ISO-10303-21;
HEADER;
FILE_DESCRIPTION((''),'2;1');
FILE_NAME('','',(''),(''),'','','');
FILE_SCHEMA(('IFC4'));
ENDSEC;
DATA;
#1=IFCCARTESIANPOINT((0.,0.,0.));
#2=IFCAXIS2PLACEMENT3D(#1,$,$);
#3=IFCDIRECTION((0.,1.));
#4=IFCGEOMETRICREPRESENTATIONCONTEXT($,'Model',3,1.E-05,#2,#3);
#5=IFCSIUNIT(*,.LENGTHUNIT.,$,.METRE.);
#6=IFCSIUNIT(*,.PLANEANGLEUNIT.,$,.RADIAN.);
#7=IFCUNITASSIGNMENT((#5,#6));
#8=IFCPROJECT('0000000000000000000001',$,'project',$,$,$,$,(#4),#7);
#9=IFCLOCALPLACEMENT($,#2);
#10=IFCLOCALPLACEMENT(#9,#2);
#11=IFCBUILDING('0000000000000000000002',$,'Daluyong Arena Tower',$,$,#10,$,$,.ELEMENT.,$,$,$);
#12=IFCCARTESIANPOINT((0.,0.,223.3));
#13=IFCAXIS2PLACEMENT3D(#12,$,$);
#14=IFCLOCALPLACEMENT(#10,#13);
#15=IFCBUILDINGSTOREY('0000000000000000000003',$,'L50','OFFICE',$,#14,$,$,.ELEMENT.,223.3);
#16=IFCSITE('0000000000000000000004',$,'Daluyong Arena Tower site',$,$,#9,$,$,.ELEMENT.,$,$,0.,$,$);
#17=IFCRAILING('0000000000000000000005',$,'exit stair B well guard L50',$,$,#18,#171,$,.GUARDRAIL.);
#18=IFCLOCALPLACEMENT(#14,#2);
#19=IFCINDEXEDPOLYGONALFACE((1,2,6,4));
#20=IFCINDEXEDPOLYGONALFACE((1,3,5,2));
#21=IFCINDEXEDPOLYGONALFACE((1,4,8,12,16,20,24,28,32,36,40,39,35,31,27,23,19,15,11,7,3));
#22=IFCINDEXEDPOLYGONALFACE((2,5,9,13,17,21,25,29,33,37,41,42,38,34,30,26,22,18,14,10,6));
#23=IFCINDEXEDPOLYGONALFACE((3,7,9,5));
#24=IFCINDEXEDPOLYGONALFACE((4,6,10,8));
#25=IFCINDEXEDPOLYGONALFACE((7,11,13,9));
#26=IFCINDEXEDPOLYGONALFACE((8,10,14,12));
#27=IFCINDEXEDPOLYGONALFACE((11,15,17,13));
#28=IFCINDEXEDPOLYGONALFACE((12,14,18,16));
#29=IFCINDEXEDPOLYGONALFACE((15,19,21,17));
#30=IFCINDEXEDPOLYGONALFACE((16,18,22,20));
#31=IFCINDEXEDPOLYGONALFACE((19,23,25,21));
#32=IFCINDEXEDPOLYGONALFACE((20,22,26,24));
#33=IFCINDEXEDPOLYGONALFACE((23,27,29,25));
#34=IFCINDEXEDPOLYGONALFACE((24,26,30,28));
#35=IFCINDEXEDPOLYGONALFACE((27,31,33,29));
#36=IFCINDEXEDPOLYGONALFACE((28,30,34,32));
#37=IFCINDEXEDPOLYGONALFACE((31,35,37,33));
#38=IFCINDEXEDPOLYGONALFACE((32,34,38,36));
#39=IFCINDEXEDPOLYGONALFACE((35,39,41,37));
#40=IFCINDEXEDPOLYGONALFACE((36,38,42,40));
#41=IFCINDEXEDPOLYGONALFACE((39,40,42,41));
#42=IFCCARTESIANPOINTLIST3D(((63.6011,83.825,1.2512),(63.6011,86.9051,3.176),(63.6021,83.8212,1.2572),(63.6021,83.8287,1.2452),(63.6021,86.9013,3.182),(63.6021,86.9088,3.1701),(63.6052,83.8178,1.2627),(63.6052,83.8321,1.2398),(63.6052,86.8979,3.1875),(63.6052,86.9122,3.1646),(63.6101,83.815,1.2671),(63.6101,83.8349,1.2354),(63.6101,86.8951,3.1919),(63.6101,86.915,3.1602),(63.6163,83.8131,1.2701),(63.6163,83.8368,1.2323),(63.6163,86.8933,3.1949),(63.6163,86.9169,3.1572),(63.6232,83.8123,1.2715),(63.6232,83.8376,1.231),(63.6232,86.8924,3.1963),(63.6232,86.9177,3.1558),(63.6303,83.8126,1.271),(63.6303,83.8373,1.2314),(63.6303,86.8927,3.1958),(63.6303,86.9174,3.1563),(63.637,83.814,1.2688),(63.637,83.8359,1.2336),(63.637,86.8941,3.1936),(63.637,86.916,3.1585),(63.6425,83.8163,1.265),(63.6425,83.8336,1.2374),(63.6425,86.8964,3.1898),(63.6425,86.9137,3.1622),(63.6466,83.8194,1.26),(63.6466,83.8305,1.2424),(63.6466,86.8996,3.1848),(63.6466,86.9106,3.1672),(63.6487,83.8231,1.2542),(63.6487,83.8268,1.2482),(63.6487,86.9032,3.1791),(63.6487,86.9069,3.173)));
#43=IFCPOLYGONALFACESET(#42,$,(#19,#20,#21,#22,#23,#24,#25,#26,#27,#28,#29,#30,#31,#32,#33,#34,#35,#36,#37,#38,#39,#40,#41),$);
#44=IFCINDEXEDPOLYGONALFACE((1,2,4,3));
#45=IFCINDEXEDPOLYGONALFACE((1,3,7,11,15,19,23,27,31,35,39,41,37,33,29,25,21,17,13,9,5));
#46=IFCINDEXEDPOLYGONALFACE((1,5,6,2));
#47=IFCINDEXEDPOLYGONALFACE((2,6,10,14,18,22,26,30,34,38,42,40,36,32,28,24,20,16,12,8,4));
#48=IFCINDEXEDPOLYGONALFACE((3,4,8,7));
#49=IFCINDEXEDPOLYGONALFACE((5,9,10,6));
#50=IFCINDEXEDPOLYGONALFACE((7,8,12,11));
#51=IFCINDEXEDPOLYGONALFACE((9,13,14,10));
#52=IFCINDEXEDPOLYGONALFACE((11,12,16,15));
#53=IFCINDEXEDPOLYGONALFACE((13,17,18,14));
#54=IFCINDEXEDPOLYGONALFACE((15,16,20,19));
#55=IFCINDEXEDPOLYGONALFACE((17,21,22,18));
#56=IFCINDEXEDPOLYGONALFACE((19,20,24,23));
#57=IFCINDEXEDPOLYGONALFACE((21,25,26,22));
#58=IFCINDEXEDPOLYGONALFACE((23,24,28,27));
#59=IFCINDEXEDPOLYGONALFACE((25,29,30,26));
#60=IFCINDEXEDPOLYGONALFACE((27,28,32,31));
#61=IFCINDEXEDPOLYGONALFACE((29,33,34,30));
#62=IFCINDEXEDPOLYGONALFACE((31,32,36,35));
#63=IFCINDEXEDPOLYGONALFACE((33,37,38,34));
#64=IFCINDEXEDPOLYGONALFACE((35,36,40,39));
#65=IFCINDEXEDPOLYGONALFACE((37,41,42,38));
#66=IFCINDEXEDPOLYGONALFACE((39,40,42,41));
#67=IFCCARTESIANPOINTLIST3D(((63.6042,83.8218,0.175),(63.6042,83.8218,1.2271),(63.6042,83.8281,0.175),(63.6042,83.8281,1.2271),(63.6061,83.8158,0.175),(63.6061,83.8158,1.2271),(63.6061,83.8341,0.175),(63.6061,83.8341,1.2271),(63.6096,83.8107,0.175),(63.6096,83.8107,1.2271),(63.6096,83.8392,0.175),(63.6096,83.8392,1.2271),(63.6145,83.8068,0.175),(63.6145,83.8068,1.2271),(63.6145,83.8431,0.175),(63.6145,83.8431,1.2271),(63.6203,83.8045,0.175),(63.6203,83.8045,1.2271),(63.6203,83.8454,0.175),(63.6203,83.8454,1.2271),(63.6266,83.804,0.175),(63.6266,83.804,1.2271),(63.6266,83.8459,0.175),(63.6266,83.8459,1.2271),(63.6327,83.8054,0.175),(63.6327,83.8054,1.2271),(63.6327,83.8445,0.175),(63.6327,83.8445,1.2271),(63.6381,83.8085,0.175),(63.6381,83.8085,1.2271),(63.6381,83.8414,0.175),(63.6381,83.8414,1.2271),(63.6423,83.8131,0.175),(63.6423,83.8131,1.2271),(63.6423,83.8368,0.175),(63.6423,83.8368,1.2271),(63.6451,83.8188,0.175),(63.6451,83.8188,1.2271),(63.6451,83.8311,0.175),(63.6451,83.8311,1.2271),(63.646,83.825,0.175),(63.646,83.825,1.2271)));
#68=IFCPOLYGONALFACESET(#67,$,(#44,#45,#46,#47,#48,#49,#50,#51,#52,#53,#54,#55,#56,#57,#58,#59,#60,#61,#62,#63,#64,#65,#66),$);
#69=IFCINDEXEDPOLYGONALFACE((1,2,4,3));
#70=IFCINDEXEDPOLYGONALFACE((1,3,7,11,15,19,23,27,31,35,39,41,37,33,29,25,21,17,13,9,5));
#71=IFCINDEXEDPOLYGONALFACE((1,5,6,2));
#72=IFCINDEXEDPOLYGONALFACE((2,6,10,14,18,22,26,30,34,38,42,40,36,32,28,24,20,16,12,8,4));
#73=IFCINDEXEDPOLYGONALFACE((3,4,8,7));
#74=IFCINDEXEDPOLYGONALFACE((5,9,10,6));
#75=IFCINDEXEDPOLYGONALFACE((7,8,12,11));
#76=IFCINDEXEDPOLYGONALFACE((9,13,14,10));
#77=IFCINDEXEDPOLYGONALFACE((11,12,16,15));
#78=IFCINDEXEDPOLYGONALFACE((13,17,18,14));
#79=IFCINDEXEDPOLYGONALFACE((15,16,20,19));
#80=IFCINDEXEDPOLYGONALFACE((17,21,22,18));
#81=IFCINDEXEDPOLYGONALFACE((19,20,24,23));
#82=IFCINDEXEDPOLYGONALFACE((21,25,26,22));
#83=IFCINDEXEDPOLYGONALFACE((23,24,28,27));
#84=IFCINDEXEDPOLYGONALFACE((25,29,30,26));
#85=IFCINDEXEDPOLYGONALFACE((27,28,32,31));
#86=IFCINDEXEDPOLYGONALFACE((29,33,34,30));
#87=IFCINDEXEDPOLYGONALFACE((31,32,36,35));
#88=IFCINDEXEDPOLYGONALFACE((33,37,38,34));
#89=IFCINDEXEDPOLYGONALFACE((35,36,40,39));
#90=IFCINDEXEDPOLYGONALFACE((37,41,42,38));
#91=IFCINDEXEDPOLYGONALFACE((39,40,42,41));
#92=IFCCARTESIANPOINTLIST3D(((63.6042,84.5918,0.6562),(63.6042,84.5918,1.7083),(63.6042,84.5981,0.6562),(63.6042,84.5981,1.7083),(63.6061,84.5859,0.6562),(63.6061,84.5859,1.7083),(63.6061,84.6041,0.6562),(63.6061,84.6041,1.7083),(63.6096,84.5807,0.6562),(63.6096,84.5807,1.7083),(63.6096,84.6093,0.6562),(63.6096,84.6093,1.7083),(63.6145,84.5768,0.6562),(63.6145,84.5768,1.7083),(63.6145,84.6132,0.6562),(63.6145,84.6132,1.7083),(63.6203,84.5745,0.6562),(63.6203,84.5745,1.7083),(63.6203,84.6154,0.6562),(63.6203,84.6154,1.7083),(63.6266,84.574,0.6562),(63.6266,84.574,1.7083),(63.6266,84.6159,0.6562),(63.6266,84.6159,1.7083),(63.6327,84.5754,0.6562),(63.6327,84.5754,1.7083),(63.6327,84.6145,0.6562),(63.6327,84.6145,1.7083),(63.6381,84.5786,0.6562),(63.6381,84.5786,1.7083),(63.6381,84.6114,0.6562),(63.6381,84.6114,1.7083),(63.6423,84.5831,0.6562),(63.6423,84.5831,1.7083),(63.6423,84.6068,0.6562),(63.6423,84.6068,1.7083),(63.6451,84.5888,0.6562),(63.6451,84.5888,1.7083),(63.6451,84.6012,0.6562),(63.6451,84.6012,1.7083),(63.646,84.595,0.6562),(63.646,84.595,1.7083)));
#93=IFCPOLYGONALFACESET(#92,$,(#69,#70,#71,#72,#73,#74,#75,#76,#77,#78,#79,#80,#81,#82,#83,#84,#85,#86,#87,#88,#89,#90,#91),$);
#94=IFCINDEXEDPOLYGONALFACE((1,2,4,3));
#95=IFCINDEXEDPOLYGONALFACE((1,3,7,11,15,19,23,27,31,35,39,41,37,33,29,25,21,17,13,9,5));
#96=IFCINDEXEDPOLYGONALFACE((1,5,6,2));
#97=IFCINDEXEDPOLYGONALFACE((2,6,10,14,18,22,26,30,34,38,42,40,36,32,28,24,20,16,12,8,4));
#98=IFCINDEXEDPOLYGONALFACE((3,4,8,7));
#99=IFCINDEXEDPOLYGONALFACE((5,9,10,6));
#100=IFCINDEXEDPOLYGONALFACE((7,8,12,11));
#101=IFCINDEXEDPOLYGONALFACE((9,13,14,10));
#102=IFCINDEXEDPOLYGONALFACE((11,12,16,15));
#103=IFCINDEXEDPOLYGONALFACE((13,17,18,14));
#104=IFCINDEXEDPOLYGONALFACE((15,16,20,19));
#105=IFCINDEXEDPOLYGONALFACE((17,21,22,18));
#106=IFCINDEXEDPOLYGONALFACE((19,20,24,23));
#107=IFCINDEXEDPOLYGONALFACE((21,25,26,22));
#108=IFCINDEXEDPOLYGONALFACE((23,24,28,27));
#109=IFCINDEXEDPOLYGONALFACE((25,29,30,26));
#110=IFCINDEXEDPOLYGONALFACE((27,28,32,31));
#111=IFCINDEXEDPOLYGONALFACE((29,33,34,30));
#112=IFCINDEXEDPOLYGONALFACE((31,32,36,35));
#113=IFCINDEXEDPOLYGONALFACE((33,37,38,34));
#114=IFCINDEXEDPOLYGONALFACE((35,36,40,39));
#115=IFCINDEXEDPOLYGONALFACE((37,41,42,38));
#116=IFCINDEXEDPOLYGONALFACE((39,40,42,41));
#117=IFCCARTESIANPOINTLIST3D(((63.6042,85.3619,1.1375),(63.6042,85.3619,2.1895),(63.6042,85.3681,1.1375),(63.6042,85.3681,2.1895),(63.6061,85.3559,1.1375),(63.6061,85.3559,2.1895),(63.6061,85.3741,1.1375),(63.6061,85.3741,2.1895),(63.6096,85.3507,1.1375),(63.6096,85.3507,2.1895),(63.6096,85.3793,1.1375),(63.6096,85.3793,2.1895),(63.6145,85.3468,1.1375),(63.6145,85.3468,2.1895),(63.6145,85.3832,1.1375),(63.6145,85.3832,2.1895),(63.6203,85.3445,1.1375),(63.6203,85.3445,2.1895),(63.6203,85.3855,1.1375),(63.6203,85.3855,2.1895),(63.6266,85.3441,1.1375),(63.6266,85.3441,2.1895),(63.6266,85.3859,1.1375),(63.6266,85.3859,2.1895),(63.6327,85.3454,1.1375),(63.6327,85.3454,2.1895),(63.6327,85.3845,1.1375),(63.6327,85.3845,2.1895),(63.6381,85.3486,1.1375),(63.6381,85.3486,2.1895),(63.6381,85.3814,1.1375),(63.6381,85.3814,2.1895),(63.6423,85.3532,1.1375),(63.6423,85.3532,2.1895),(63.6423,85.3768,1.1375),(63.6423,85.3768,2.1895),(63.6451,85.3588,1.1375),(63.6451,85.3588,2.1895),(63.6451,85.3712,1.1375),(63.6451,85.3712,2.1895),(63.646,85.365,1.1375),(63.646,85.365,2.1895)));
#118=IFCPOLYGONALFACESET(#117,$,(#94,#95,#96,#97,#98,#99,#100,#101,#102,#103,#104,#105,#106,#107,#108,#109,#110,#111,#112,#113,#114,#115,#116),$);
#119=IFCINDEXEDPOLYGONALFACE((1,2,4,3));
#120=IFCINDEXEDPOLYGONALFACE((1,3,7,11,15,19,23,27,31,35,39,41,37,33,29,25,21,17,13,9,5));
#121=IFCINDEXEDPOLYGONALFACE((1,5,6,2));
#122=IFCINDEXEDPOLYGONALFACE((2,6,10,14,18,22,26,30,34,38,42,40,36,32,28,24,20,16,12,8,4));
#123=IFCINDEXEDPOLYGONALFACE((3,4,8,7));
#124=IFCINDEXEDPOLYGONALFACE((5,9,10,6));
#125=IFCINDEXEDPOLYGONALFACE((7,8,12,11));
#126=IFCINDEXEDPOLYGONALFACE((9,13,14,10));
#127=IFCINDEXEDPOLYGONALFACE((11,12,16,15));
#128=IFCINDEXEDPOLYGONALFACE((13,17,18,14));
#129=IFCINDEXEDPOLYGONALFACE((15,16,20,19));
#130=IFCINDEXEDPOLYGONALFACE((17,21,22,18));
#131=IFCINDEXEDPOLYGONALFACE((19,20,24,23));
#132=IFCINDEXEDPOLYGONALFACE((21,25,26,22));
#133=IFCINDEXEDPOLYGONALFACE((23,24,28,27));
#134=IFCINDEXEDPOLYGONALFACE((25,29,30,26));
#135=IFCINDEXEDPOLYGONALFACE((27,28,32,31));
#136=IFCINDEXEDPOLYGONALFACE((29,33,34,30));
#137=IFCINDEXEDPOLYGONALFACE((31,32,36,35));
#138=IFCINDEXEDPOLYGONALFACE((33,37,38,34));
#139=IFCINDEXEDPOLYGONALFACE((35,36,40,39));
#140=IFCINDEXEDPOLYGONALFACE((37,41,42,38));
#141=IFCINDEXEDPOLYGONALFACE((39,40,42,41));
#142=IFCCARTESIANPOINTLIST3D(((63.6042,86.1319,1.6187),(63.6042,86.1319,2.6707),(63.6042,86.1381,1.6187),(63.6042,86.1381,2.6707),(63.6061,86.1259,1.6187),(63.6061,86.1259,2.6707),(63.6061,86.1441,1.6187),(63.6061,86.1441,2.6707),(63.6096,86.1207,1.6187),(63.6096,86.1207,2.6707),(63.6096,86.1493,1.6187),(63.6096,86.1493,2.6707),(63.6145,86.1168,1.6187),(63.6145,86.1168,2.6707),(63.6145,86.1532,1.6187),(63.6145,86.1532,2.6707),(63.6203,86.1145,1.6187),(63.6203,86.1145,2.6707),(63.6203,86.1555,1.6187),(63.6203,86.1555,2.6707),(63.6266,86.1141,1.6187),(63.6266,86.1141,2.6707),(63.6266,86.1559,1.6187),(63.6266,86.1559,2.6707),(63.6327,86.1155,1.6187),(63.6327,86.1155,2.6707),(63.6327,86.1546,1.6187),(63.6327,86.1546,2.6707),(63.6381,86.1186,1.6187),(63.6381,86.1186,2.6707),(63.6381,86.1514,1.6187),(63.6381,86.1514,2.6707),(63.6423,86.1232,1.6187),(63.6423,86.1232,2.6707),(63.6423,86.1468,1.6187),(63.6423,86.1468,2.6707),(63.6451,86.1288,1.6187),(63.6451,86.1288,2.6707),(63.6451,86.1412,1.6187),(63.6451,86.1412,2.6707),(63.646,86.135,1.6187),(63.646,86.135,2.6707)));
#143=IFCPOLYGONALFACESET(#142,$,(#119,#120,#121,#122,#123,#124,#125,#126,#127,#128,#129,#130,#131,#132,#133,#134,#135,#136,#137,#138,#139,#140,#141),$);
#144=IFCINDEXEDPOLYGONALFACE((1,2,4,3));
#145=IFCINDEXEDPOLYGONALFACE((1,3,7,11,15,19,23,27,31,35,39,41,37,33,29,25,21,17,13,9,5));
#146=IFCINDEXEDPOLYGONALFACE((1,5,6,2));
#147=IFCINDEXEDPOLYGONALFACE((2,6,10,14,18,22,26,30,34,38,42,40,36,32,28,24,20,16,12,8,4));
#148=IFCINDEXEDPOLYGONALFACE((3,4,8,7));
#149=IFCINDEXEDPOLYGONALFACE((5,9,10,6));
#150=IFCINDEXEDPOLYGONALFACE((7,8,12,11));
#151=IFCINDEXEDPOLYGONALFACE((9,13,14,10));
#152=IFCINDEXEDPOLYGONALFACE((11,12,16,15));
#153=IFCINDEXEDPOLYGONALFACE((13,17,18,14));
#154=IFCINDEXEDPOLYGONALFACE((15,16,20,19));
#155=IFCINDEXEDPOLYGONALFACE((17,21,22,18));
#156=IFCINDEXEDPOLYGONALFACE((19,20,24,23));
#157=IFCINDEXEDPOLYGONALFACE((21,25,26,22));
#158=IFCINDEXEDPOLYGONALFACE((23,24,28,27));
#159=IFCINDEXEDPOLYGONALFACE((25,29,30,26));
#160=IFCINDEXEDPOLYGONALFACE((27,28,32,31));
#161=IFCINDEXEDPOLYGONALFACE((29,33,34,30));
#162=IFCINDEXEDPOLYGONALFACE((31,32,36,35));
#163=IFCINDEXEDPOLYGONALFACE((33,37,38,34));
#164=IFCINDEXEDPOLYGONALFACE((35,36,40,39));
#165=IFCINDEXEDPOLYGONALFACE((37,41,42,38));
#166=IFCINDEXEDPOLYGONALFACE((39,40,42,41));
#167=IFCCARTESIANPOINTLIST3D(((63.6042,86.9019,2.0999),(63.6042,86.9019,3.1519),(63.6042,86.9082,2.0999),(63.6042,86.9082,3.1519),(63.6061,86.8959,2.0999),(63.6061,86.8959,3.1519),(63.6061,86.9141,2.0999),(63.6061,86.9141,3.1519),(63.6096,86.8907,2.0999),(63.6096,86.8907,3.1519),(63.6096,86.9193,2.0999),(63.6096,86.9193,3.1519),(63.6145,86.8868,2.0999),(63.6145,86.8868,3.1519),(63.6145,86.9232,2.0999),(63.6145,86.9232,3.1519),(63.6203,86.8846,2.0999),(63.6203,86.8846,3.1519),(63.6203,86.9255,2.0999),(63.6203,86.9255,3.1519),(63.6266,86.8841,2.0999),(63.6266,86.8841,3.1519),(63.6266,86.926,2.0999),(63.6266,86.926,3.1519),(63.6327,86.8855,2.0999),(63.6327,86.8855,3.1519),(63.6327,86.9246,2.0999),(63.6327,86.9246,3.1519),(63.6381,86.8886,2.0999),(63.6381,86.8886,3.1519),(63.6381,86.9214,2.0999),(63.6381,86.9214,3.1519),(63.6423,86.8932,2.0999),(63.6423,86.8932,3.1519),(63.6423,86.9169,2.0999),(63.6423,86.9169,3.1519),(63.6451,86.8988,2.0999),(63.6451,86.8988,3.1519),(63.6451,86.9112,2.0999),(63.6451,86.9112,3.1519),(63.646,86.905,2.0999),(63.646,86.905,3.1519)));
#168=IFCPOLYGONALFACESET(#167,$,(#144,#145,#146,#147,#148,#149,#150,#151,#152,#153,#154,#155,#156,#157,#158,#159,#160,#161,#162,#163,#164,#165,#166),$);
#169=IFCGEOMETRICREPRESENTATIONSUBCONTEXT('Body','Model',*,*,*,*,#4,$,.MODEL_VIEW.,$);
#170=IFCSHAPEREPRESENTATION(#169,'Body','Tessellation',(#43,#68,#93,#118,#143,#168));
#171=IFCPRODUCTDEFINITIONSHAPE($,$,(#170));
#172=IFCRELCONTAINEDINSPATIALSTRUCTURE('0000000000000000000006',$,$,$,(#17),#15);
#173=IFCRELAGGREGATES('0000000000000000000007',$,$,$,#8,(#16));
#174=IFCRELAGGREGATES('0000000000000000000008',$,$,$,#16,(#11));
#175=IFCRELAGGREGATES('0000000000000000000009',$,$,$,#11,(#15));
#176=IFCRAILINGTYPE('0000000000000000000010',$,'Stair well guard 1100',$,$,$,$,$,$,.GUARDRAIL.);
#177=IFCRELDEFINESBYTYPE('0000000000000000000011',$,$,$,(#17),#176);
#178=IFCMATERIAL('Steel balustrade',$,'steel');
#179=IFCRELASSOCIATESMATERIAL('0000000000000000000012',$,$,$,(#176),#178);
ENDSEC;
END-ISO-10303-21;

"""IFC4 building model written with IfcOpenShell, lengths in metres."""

from ifc_helpers import new_model, si_unit, direction, frame, origin, origin_2d, place, context, subcontext, project, spatial, circle, extrude, material, type_object, element, save


model = new_model("IFC4")

# Units and contexts
model_context = context("Model", 3, precision=1e-05, world=origin(), true_north=direction((0.0, 1.0)))
body_context = subcontext(model_context, "Body", "Model", "MODEL_VIEW")
ifc_project = project(units=[si_unit("LENGTHUNIT", "METRE"), si_unit("PLANEANGLEUNIT", "RADIAN")], contexts=[model_context])

# Site, building, storey
site_placement = place(None, origin())
site = spatial("IfcSite", under=ifc_project, at=site_placement, Name="Daluyong Arena Tower site", CompositionType="ELEMENT", RefElevation=0.0)
building_placement = place(site_placement, origin())
building = spatial("IfcBuilding", under=site, at=building_placement, Name="Daluyong Arena Tower", CompositionType="ELEMENT")
storey_placement = place(building_placement, frame((0.0, 0.0, 223.3)))
storey = spatial("IfcBuildingStorey", under=building, at=storey_placement, Name="L50", Description="OFFICE", CompositionType="ELEMENT", Elevation=223.3)

# Railing
ifc_material_1 = material(Name="Steel balustrade", Category="steel")
railing_type_1 = type_object("IfcRailingType", Name="Stair well guard 1100", PredefinedType="GUARDRAIL", material=ifc_material_1)
railing_1_placement = place(storey_placement, frame((63.625, 83.825, 0.175)))
element("IfcRailing", 1, at=railing_1_placement, inside=storey, type_object=railing_type_1, Name="exit stair B well guard L50", PredefinedType="GUARDRAIL", context=body_context, shape_type="SweptSolid", body=[
    extrude(circle(Radius=0.0239, at=origin_2d()), frame((0.0, 0.0, 1.0762), z_axis=(0.0, 0.848029, 0.529951), x_axis=(-1.0, 0.0, 0.0)), (0.0, 0.0, 1.0), 3.6321),
    extrude(circle(Radius=0.021, at=origin_2d()), origin(), (0.0, 0.0, 1.0), 1.052),
    extrude(circle(Radius=0.021, at=origin_2d()), frame((0.0, 0.77, 0.4812)), (0.0, 0.0, 1.0), 1.052),
    extrude(circle(Radius=0.021, at=origin_2d()), frame((0.0, 1.54, 0.9624)), (0.0, 0.0, 1.0), 1.052),
    extrude(circle(Radius=0.021, at=origin_2d()), frame((0.0, 2.3101, 1.4436)), (0.0, 0.0, 1.0), 1.052),
    extrude(circle(Radius=0.021, at=origin_2d()), frame((0.0, 3.0801, 1.9248)), (0.0, 0.0, 1.0), 1.052),
])

save(model, "model.ifc")
